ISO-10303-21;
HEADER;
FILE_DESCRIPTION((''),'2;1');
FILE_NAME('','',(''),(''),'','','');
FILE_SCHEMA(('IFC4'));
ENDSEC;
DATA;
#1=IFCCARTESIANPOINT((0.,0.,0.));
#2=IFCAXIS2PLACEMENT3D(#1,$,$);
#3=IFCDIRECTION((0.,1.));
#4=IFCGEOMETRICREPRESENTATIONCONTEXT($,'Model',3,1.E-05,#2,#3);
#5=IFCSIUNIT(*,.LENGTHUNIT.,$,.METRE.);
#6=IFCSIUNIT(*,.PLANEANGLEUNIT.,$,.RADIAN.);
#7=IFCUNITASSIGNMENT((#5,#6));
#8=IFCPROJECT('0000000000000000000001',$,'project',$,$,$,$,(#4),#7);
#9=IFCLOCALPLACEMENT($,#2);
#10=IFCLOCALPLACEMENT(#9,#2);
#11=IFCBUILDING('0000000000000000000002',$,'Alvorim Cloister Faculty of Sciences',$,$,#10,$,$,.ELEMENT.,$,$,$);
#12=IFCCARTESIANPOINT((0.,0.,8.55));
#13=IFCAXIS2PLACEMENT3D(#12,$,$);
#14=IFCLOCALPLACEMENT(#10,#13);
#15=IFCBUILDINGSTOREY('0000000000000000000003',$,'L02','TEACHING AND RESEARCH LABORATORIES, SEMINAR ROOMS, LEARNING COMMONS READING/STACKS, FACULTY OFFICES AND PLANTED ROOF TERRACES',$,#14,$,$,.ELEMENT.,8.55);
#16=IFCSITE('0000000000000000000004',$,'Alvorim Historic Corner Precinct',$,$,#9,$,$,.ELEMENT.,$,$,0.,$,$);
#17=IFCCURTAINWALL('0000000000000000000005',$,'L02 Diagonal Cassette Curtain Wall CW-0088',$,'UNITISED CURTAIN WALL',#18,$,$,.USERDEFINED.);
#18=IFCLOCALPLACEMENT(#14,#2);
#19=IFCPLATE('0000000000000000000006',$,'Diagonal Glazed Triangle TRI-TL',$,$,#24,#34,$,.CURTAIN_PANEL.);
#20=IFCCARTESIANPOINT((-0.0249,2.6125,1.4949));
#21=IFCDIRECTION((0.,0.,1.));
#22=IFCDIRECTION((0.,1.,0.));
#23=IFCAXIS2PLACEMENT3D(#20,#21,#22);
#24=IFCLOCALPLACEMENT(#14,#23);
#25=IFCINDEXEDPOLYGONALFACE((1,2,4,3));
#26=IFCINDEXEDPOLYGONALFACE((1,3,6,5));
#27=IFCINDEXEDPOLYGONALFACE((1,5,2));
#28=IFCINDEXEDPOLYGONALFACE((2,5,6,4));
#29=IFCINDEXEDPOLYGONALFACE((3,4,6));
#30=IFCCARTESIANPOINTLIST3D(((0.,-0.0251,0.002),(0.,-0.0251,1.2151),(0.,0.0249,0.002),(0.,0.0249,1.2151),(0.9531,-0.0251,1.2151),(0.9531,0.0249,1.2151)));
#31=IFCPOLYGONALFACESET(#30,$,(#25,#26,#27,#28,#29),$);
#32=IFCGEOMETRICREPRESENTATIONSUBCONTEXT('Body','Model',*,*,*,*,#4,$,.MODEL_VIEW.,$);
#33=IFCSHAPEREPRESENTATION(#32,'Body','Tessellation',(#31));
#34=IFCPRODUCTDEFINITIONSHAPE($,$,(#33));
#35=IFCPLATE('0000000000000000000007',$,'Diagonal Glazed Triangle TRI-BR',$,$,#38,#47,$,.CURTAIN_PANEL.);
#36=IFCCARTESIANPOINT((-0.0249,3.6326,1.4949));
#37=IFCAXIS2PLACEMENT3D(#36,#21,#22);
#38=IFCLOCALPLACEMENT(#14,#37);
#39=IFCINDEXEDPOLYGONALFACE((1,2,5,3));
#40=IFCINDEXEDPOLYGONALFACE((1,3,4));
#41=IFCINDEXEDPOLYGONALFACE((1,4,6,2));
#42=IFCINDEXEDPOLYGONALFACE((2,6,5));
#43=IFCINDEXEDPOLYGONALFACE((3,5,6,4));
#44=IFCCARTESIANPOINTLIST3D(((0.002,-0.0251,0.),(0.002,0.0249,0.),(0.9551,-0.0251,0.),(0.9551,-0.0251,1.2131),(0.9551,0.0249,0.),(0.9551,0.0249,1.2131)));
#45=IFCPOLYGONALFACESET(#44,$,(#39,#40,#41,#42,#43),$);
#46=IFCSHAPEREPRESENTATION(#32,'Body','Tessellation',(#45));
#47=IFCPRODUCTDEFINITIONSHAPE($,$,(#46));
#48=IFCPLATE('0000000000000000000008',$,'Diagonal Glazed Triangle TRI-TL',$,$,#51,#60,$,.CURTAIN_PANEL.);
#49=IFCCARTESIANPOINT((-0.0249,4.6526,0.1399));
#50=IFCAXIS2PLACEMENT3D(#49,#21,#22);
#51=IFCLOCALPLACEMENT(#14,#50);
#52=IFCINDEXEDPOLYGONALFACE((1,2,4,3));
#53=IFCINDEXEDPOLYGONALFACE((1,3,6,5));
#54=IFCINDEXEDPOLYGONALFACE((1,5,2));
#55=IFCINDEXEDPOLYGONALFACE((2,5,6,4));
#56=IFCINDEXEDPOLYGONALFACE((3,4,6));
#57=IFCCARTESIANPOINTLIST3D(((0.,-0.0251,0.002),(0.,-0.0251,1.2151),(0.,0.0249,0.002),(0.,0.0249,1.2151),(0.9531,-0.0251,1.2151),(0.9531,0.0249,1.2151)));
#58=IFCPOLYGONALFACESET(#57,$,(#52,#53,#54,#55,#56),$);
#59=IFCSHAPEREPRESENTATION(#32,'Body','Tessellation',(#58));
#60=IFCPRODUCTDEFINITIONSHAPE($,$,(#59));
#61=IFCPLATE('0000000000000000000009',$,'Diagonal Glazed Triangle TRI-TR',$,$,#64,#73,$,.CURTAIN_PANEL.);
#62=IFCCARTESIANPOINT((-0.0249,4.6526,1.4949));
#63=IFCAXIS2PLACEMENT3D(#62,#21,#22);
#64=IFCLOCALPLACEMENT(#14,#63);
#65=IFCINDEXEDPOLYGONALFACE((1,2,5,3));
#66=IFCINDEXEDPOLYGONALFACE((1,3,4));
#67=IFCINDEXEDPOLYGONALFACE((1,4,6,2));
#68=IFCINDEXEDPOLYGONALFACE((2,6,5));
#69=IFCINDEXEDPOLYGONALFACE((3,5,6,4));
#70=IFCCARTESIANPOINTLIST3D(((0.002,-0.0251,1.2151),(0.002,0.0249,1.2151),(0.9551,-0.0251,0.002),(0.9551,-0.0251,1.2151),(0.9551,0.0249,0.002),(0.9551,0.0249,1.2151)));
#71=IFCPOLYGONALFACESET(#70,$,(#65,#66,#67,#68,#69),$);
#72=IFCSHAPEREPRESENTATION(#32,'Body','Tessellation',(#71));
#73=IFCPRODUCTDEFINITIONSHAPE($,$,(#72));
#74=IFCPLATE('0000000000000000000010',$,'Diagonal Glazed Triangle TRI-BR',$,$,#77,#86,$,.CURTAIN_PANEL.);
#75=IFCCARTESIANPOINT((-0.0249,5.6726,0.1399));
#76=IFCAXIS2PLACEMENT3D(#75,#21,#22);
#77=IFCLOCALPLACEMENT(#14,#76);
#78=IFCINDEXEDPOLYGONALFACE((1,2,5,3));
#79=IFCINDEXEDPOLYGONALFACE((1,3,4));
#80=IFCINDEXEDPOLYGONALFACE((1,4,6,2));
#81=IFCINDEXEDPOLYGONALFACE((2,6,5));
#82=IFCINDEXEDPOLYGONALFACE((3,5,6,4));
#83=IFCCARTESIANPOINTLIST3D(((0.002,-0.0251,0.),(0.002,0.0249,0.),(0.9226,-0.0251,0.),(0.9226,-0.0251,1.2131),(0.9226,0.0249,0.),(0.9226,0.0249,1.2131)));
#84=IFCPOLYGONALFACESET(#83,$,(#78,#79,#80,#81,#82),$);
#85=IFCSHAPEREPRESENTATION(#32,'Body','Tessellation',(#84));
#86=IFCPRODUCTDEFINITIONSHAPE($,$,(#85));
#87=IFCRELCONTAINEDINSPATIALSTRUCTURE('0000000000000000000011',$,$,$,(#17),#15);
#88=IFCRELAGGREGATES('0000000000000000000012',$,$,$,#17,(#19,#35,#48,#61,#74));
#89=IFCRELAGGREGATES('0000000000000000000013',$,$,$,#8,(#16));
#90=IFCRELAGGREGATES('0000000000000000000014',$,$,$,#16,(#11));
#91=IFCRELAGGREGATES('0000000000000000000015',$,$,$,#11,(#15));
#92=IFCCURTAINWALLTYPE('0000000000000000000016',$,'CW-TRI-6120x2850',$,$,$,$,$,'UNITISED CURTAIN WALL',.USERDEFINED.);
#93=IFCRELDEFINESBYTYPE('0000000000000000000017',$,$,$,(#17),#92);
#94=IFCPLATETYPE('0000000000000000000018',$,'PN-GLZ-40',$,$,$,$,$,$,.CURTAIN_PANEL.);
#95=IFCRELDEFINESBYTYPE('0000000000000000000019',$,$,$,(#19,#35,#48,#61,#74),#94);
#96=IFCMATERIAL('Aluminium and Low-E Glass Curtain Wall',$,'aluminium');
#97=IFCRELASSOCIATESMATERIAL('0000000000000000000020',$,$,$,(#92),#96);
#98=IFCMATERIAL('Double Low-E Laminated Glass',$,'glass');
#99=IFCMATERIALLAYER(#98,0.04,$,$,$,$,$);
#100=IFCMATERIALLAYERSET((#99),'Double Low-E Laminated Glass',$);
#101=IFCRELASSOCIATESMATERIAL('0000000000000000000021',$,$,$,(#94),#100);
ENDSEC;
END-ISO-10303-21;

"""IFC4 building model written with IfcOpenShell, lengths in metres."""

from ifc_helpers import new_model, si_unit, direction, frame, origin, place, context, subcontext, project, spatial, polyline, outline, extrude, material, layer, layer_set, type_object, element, aggregate, save


model = new_model("IFC4")

# Units and contexts
model_context = context("Model", 3, precision=1e-05, world=origin(), true_north=direction((0.0, 1.0)))
body_context = subcontext(model_context, "Body", "Model", "MODEL_VIEW")
ifc_project = project(units=[si_unit("LENGTHUNIT", "METRE"), si_unit("PLANEANGLEUNIT", "RADIAN")], contexts=[model_context])

# Site, building, storey
site_placement = place(None, origin())
site = spatial("IfcSite", under=ifc_project, at=site_placement, Name="Alvorim Historic Corner Precinct", CompositionType="ELEMENT", RefElevation=0.0)
building_placement = place(site_placement, origin())
building = spatial("IfcBuilding", under=site, at=building_placement, Name="Alvorim Cloister Faculty of Sciences", CompositionType="ELEMENT")
storey_placement = place(building_placement, frame((0.0, 0.0, 8.55)))
storey = spatial("IfcBuildingStorey", under=building, at=storey_placement, Name="L02", Description="TEACHING AND RESEARCH LABORATORIES, SEMINAR ROOMS, LEARNING COMMONS READING/STACKS, FACULTY OFFICES AND PLANTED ROOF TERRACES", CompositionType="ELEMENT", Elevation=8.55)

# Curtain wall, plates
ifc_material_1 = material(Name="Aluminium and Low-E Glass Curtain Wall", Category="aluminium")
curtain_wall_type = type_object("IfcCurtainWallType", Name="CW-TRI-6120x2850", ElementType="UNITISED CURTAIN WALL", PredefinedType="USERDEFINED", material=ifc_material_1)
curtain_wall_placement = place(storey_placement, origin())
curtain_wall = element("IfcCurtainWall", 1, at=curtain_wall_placement, inside=storey, type_object=curtain_wall_type, Name="L02 Diagonal Cassette Curtain Wall CW-0088", ObjectType="UNITISED CURTAIN WALL", PredefinedType="USERDEFINED")
ifc_material_2 = material(Name="Double Low-E Laminated Glass", Category="glass")
ifc_layer = layer(ifc_material_2, 0.04)
ifc_layer_set = layer_set([ifc_layer], Name="Double Low-E Laminated Glass")
plate_type = type_object("IfcPlateType", Name="PN-GLZ-40", PredefinedType="CURTAIN_PANEL", material=ifc_layer_set)
plate_1_placement = place(storey_placement, frame((-0.0249, 2.6125, 1.4949), z_axis=(0.0, 0.0, 1.0), x_axis=(0.0, 1.0, 0.0)))
plate_1 = element("IfcPlate", 2, at=plate_1_placement, type_object=plate_type, Name="Diagonal Glazed Triangle TRI-TL", PredefinedType="CURTAIN_PANEL", context=body_context, shape_type="SweptSolid", body=[
    extrude(outline(polyline([(0.9531, 1.2151), (0.0, 1.2151), (0.0, 0.002), (0.9531, 1.2151)])), frame((0.0, 0.0249, 0.0), z_axis=(0.0, -1.0, 0.0), x_axis=(1.0, 0.0, 0.0)), (0.0, 0.0, 1.0), 0.05),
])
plate_2_placement = place(storey_placement, frame((-0.0249, 3.6326, 1.4949), z_axis=(0.0, 0.0, 1.0), x_axis=(0.0, 1.0, 0.0)))
plate_2 = element("IfcPlate", 3, at=plate_2_placement, type_object=plate_type, Name="Diagonal Glazed Triangle TRI-BR", PredefinedType="CURTAIN_PANEL", context=body_context, shape_type="SweptSolid", body=[
    extrude(outline(polyline([(0.002, 0.0), (0.9551, 0.0), (0.9551, 1.2131), (0.002, 0.0)])), frame((0.0, 0.0249, 0.0), z_axis=(0.0, -1.0, 0.0), x_axis=(1.0, 0.0, 0.0)), (0.0, 0.0, 1.0), 0.05),
])
plate_3_placement = place(storey_placement, frame((-0.0249, 4.6526, 0.1399), z_axis=(0.0, 0.0, 1.0), x_axis=(0.0, 1.0, 0.0)))
plate_3 = element("IfcPlate", 4, at=plate_3_placement, type_object=plate_type, Name="Diagonal Glazed Triangle TRI-TL", PredefinedType="CURTAIN_PANEL", context=body_context, shape_type="SweptSolid", body=[
    extrude(outline(polyline([(0.9531, 1.2151), (0.0, 1.2151), (0.0, 0.002), (0.9531, 1.2151)])), frame((0.0, 0.0249, 0.0), z_axis=(0.0, -1.0, 0.0), x_axis=(1.0, 0.0, 0.0)), (0.0, 0.0, 1.0), 0.05),
])
plate_4_placement = place(storey_placement, frame((-0.0249, 4.6526, 1.4949), z_axis=(0.0, 0.0, 1.0), x_axis=(0.0, 1.0, 0.0)))
plate_4 = element("IfcPlate", 5, at=plate_4_placement, type_object=plate_type, Name="Diagonal Glazed Triangle TRI-TR", PredefinedType="CURTAIN_PANEL", context=body_context, shape_type="SweptSolid", body=[
    extrude(outline(polyline([(0.9551, 0.002), (0.9551, 1.2151), (0.002, 1.2151), (0.9551, 0.002)])), frame((0.0, 0.0249, 0.0), z_axis=(0.0, -1.0, 0.0), x_axis=(1.0, 0.0, 0.0)), (0.0, 0.0, 1.0), 0.05),
])
plate_5_placement = place(storey_placement, frame((-0.0249, 5.6726, 0.1399), z_axis=(0.0, 0.0, 1.0), x_axis=(0.0, 1.0, 0.0)))
plate_5 = element("IfcPlate", 6, at=plate_5_placement, type_object=plate_type, Name="Diagonal Glazed Triangle TRI-BR", PredefinedType="CURTAIN_PANEL", context=body_context, shape_type="SweptSolid", body=[
    extrude(outline(polyline([(0.002, 0.0), (0.9226, 0.0), (0.9226, 1.2131), (0.002, 0.0)])), frame((0.0, 0.0249, 0.0), z_axis=(0.0, -1.0, 0.0), x_axis=(1.0, 0.0, 0.0)), (0.0, 0.0, 1.0), 0.05),
])
aggregate(curtain_wall, [plate_1, plate_2, plate_3, plate_4, plate_5])

save(model, "model.ifc")
